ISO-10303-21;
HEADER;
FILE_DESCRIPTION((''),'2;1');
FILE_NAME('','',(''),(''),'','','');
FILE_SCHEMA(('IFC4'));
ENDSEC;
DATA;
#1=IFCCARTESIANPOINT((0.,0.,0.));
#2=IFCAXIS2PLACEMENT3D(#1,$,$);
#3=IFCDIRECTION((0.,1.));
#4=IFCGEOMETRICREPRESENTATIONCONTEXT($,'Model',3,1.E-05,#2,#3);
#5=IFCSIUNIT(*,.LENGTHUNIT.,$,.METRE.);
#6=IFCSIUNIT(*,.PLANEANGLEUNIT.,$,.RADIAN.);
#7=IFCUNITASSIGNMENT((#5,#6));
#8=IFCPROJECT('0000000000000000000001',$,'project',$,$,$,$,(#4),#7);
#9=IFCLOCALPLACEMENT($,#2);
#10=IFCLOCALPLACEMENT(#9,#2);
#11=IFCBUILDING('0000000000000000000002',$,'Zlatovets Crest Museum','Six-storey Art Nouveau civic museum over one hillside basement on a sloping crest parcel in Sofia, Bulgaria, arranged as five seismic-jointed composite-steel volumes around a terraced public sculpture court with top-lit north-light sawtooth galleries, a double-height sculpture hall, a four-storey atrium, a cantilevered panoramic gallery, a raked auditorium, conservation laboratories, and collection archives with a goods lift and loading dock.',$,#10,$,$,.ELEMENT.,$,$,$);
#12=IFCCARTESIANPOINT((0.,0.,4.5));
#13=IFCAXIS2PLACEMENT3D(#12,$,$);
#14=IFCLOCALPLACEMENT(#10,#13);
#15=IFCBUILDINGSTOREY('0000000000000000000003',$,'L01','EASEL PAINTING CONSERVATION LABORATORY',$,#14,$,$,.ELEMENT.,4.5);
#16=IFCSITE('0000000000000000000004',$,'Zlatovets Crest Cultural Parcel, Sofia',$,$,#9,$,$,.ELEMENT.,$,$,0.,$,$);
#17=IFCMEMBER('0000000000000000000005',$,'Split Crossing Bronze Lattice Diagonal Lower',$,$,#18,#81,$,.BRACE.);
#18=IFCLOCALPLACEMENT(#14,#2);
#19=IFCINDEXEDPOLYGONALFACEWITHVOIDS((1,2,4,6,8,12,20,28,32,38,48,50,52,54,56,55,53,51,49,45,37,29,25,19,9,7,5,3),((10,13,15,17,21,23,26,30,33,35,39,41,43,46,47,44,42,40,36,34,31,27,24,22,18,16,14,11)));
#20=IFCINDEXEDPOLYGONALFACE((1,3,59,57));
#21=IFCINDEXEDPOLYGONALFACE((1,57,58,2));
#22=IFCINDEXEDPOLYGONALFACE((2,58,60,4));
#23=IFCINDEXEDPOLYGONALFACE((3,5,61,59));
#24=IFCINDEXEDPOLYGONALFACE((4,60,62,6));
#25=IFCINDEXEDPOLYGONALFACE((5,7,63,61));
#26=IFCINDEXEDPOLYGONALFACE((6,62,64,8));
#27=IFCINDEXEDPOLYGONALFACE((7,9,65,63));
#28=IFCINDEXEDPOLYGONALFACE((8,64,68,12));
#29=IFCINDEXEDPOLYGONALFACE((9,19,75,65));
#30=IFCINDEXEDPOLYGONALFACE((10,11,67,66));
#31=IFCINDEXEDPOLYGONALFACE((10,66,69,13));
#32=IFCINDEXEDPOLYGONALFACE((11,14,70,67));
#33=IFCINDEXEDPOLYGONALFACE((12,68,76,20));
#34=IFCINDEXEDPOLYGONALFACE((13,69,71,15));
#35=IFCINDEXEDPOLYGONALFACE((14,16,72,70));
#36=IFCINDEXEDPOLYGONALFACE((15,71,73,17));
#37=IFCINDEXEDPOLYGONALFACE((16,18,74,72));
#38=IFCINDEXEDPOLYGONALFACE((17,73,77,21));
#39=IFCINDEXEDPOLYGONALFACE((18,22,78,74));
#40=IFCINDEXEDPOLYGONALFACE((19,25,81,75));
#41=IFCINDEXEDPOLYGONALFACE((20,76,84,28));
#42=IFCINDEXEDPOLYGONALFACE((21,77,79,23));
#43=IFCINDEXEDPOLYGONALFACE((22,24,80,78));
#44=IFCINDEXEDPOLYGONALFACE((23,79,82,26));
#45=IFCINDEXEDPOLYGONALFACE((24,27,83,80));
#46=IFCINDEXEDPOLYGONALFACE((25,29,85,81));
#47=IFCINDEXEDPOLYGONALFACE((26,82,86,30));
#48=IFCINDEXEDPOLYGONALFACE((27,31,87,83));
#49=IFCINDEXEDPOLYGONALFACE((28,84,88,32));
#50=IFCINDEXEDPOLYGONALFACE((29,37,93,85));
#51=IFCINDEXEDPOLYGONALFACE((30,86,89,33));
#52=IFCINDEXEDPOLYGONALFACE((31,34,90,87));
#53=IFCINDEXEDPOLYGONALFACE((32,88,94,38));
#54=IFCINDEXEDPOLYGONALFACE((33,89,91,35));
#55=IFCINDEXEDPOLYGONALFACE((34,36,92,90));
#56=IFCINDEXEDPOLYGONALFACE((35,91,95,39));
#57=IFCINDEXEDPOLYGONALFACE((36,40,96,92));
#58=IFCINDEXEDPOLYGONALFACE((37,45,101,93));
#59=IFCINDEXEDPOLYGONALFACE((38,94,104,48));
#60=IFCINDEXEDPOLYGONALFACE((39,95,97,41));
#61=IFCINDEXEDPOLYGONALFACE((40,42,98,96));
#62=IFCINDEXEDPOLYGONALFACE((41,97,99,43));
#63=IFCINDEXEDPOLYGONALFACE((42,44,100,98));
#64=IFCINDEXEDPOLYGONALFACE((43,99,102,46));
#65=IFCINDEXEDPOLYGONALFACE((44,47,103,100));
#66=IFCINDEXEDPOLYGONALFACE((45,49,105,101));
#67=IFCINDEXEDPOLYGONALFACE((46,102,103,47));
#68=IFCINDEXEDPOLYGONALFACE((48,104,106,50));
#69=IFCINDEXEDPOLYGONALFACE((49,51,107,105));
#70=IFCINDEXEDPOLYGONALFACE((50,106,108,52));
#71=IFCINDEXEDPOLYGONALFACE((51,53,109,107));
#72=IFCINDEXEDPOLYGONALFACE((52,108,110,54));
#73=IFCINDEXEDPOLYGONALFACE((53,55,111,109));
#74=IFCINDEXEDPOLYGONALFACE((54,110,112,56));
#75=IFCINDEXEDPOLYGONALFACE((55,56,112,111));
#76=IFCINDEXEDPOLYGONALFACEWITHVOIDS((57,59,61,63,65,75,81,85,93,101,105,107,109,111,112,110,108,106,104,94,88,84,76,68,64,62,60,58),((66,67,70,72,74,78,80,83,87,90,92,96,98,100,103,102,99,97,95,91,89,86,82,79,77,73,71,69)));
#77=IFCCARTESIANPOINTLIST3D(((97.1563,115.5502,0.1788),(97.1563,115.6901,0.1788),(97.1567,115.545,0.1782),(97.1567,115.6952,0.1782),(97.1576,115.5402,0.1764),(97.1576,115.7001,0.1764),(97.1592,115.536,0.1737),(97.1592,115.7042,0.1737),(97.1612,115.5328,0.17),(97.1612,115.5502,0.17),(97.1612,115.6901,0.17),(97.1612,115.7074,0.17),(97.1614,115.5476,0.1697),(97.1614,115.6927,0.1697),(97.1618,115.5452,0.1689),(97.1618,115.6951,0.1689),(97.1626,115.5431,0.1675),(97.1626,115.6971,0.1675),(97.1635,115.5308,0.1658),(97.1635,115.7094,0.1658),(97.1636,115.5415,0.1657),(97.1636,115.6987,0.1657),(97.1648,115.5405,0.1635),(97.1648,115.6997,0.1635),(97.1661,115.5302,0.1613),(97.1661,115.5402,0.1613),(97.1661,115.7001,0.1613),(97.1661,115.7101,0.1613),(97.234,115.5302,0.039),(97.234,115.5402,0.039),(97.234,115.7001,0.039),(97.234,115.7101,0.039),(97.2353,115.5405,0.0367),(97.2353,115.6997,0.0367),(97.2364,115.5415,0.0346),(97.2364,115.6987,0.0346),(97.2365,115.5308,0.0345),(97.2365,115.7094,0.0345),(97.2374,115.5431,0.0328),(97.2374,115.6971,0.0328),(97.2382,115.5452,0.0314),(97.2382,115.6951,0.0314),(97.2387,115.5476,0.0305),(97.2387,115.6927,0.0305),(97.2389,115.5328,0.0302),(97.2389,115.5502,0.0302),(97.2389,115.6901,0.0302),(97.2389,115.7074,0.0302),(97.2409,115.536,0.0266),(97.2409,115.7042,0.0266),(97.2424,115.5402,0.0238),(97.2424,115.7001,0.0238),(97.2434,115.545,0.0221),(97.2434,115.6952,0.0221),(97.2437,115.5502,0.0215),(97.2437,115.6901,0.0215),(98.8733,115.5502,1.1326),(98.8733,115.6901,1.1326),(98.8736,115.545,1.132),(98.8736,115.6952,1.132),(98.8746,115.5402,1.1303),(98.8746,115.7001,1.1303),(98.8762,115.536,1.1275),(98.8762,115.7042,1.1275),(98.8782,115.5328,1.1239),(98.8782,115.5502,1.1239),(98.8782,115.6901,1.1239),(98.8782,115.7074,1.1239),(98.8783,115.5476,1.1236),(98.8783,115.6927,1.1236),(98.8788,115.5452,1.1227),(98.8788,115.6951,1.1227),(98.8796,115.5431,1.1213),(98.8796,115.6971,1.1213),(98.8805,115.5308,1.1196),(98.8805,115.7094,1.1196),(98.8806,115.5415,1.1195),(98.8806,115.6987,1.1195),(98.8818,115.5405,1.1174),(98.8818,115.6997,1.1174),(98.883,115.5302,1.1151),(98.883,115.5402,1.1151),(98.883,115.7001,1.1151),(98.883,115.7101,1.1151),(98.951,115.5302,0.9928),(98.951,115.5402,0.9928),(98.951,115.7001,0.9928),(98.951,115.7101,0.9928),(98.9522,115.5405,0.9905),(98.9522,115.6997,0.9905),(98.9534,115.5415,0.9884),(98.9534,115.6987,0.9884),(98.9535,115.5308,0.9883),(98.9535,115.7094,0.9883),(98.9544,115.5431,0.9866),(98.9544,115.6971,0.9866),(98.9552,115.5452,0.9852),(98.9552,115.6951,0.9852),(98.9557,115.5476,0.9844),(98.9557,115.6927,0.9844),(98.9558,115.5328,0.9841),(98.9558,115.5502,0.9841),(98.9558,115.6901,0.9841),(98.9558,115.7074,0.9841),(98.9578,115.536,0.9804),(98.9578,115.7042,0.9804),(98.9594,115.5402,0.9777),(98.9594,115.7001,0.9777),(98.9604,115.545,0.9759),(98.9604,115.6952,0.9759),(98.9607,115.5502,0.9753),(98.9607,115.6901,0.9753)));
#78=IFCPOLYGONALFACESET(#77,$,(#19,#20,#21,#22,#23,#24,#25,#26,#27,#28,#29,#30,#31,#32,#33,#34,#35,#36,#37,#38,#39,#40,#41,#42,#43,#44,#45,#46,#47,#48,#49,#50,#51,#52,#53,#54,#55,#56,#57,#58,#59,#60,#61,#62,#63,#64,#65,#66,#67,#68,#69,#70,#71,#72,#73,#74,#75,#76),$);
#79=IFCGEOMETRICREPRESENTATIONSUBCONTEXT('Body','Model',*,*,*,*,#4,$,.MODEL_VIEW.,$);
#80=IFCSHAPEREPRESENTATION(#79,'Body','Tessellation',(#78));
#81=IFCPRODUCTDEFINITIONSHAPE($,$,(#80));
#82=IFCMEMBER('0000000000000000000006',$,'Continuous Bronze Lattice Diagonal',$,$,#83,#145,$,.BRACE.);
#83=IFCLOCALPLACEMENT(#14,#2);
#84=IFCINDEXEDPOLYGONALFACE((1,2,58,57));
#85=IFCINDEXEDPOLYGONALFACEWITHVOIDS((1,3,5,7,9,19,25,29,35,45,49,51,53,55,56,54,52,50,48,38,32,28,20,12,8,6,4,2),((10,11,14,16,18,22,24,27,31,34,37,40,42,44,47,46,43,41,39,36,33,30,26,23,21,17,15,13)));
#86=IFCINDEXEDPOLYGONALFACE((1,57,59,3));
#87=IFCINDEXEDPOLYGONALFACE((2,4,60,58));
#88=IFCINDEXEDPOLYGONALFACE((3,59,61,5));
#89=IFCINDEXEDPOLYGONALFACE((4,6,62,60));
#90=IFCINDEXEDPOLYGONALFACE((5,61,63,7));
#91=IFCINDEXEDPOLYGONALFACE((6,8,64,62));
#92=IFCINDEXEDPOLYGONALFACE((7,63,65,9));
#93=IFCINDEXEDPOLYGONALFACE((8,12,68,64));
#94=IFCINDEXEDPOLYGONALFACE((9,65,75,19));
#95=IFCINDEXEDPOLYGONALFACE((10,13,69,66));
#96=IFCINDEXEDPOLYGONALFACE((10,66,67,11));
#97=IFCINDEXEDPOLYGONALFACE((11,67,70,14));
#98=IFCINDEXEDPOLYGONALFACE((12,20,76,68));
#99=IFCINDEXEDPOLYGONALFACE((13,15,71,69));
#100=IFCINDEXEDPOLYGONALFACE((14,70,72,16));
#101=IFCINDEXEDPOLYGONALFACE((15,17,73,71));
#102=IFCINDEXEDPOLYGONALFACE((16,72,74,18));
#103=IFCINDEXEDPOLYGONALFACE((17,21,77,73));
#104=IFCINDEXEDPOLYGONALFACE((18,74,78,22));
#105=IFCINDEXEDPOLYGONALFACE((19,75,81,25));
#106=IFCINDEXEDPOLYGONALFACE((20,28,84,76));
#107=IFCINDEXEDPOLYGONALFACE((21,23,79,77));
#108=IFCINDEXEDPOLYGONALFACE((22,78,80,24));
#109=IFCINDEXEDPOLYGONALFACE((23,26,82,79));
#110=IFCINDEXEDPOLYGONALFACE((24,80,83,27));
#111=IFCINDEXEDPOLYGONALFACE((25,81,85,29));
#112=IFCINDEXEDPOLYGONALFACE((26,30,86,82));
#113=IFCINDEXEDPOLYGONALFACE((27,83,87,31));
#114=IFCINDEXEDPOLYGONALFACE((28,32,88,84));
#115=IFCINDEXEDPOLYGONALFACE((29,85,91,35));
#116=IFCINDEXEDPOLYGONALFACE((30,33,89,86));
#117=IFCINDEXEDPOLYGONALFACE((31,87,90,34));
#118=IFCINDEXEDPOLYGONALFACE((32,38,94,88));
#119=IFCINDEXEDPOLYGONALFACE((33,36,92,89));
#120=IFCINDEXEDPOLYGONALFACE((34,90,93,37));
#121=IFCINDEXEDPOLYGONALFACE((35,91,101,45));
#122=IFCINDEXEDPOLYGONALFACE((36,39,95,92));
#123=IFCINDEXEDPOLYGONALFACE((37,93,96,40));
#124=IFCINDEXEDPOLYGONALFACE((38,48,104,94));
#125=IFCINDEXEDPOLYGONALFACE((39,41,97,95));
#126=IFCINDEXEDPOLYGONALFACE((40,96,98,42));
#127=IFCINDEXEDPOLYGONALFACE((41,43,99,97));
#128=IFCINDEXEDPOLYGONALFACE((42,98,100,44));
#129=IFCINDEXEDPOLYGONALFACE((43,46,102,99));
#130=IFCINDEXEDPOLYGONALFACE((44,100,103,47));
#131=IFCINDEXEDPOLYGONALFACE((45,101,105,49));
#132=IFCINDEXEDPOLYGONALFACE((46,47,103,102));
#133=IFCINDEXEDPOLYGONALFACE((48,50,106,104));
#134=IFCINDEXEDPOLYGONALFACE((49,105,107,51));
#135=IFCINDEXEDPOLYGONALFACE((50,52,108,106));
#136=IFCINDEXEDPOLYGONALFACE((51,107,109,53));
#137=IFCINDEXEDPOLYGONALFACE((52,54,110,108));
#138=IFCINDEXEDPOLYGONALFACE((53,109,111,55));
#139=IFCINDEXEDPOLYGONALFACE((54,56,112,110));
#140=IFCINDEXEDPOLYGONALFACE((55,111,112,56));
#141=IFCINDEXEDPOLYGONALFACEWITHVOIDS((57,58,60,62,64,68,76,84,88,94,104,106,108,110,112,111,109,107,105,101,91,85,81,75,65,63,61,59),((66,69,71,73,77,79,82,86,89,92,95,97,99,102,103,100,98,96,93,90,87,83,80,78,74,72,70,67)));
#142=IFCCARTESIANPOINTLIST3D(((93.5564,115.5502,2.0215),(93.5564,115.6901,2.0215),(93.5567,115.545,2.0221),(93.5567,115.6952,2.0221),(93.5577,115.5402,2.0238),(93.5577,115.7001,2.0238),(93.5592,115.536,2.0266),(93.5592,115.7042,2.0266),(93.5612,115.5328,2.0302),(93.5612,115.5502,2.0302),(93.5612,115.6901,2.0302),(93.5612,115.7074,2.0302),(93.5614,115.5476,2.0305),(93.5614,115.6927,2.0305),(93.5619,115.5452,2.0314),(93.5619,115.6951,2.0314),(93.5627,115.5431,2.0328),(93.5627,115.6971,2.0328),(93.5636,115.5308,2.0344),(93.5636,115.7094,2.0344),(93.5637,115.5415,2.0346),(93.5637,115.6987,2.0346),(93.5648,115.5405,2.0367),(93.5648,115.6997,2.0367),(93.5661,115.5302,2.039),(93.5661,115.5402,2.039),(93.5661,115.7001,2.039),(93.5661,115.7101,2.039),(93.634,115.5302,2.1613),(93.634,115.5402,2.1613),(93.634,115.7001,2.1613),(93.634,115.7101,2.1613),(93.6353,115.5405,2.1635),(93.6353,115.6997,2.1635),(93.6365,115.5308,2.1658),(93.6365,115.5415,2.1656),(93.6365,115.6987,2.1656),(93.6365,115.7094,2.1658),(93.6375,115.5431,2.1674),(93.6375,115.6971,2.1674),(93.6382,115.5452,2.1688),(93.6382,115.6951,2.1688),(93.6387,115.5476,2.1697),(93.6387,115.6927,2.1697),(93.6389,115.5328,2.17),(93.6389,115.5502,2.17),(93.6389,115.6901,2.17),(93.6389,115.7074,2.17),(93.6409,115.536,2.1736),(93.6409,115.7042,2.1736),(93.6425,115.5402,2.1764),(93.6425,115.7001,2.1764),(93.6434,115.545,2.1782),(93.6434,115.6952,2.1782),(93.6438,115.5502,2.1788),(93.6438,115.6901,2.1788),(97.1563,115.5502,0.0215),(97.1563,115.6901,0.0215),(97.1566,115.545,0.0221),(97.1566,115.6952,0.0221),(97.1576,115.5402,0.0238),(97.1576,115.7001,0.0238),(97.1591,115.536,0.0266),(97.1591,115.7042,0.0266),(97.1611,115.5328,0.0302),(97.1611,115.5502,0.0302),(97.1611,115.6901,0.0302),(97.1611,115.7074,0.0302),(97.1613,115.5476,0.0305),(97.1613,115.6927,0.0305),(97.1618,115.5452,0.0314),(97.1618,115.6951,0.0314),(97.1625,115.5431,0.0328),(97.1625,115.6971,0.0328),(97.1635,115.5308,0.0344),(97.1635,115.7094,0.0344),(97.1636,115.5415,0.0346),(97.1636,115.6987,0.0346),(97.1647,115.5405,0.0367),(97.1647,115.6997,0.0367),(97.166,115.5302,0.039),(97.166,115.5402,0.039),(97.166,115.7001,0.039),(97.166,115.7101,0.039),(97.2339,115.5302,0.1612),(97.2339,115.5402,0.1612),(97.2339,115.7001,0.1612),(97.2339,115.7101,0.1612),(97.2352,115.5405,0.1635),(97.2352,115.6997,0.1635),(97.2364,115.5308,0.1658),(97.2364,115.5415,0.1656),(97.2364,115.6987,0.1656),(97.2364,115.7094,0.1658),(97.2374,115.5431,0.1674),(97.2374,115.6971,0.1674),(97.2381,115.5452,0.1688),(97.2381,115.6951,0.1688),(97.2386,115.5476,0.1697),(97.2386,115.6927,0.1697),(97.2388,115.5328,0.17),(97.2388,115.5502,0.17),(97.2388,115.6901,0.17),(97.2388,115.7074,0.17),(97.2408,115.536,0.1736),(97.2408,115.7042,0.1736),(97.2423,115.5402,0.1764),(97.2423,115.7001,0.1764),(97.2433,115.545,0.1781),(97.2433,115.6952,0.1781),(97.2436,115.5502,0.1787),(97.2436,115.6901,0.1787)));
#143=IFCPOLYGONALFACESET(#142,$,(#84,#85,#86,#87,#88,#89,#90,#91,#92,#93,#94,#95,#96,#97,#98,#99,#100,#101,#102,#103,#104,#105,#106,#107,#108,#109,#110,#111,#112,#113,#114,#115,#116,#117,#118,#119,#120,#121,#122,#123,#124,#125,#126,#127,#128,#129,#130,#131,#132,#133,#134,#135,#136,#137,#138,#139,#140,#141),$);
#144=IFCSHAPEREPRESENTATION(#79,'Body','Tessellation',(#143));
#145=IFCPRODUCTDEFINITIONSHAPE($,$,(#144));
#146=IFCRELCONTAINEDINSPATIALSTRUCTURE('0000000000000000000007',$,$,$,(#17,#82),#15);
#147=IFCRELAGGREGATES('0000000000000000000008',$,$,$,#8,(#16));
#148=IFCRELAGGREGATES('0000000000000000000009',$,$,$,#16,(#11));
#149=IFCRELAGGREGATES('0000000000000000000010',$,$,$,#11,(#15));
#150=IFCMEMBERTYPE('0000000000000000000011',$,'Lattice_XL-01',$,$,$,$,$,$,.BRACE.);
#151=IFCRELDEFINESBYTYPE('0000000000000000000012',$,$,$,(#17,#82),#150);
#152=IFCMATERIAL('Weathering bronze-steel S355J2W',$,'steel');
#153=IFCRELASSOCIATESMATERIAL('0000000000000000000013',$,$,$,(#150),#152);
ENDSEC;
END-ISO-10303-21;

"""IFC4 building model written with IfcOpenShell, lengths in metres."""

from ifc_helpers import new_model, si_unit, direction, frame, origin, origin_2d, place, context, subcontext, project, spatial, hollow_rectangle, extrude, material, material_profile, profile_set, type_object, element, save


model = new_model("IFC4")

# Units and contexts
model_context = context("Model", 3, precision=1e-05, world=origin(), true_north=direction((0.0, 1.0)))
body_context = subcontext(model_context, "Body", "Model", "MODEL_VIEW")
ifc_project = project(units=[si_unit("LENGTHUNIT", "METRE"), si_unit("PLANEANGLEUNIT", "RADIAN")], contexts=[model_context])

# Site, building, storey
site_placement = place(None, origin())
site = spatial("IfcSite", under=ifc_project, at=site_placement, Name="Zlatovets Crest Cultural Parcel, Sofia", CompositionType="ELEMENT", RefElevation=0.0)
building_placement = place(site_placement, origin())
building = spatial("IfcBuilding", under=site, at=building_placement, Name="Zlatovets Crest Museum", Description="Six-storey Art Nouveau civic museum over one hillside basement on a sloping crest parcel in Sofia, Bulgaria, arranged as five seismic-jointed composite-steel volumes around a terraced public sculpture court with top-lit north-light sawtooth galleries, a double-height sculpture hall, a four-storey atrium, a cantilevered panoramic gallery, a raked auditorium, conservation laboratories, and collection archives with a goods lift and loading dock.", CompositionType="ELEMENT")
storey_placement = place(building_placement, frame((0.0, 0.0, 4.5)))
storey = spatial("IfcBuildingStorey", under=building, at=storey_placement, Name="L01", Description="EASEL PAINTING CONSERVATION LABORATORY", CompositionType="ELEMENT", Elevation=4.5)

# Members
ifc_material_1 = material(Name="Weathering bronze-steel S355J2W", Category="steel")
ifc_material_profile_1 = material_profile(ifc_material_1, hollow_rectangle(XDim=0.1799, YDim=0.1799, WallThickness=0.01, InnerFilletRadius=0.01, OuterFilletRadius=0.02, at=origin_2d()), Name="SHS 180x180x10.0")
ifc_profile_set_1 = profile_set([ifc_material_profile_1], Name="Weathering bronze-steel S355J2W")
member_type_1 = type_object("IfcMemberType", Name="Lattice_XL-01", PredefinedType="BRACE", material=ifc_profile_set_1)
member_1_placement = place(storey_placement, frame((98.917, 115.6201, 1.054), z_axis=(-0.874169, 0.0, -0.485622), x_axis=(0.0, -1.0, 0.0)))
element("IfcMember", 1, at=member_1_placement, inside=storey, type_object=member_type_1, Name="Split Crossing Bronze Lattice Diagonal Lower", PredefinedType="BRACE", context=body_context, shape_type="SweptSolid", body=[
    extrude(hollow_rectangle(XDim=0.1799, YDim=0.1799, WallThickness=0.01, InnerFilletRadius=0.01, OuterFilletRadius=0.02, at=origin_2d()), origin(), (0.0, 0.0, 1.0), 1.9641),
])
member_2_placement = place(storey_placement, frame((97.2, 115.6201, 0.1001), z_axis=(-0.874149, 0.0, 0.485658), x_axis=(0.0, -1.0, 0.0)))
element("IfcMember", 2, at=member_2_placement, inside=storey, type_object=member_type_1, Name="Continuous Bronze Lattice Diagonal", PredefinedType="BRACE", context=body_context, shape_type="SweptSolid", body=[
    extrude(hollow_rectangle(XDim=0.1799, YDim=0.1799, WallThickness=0.01, InnerFilletRadius=0.01, OuterFilletRadius=0.02, at=origin_2d()), origin(), (0.0, 0.0, 1.0), 4.1182),
])

save(model, "model.ifc")
